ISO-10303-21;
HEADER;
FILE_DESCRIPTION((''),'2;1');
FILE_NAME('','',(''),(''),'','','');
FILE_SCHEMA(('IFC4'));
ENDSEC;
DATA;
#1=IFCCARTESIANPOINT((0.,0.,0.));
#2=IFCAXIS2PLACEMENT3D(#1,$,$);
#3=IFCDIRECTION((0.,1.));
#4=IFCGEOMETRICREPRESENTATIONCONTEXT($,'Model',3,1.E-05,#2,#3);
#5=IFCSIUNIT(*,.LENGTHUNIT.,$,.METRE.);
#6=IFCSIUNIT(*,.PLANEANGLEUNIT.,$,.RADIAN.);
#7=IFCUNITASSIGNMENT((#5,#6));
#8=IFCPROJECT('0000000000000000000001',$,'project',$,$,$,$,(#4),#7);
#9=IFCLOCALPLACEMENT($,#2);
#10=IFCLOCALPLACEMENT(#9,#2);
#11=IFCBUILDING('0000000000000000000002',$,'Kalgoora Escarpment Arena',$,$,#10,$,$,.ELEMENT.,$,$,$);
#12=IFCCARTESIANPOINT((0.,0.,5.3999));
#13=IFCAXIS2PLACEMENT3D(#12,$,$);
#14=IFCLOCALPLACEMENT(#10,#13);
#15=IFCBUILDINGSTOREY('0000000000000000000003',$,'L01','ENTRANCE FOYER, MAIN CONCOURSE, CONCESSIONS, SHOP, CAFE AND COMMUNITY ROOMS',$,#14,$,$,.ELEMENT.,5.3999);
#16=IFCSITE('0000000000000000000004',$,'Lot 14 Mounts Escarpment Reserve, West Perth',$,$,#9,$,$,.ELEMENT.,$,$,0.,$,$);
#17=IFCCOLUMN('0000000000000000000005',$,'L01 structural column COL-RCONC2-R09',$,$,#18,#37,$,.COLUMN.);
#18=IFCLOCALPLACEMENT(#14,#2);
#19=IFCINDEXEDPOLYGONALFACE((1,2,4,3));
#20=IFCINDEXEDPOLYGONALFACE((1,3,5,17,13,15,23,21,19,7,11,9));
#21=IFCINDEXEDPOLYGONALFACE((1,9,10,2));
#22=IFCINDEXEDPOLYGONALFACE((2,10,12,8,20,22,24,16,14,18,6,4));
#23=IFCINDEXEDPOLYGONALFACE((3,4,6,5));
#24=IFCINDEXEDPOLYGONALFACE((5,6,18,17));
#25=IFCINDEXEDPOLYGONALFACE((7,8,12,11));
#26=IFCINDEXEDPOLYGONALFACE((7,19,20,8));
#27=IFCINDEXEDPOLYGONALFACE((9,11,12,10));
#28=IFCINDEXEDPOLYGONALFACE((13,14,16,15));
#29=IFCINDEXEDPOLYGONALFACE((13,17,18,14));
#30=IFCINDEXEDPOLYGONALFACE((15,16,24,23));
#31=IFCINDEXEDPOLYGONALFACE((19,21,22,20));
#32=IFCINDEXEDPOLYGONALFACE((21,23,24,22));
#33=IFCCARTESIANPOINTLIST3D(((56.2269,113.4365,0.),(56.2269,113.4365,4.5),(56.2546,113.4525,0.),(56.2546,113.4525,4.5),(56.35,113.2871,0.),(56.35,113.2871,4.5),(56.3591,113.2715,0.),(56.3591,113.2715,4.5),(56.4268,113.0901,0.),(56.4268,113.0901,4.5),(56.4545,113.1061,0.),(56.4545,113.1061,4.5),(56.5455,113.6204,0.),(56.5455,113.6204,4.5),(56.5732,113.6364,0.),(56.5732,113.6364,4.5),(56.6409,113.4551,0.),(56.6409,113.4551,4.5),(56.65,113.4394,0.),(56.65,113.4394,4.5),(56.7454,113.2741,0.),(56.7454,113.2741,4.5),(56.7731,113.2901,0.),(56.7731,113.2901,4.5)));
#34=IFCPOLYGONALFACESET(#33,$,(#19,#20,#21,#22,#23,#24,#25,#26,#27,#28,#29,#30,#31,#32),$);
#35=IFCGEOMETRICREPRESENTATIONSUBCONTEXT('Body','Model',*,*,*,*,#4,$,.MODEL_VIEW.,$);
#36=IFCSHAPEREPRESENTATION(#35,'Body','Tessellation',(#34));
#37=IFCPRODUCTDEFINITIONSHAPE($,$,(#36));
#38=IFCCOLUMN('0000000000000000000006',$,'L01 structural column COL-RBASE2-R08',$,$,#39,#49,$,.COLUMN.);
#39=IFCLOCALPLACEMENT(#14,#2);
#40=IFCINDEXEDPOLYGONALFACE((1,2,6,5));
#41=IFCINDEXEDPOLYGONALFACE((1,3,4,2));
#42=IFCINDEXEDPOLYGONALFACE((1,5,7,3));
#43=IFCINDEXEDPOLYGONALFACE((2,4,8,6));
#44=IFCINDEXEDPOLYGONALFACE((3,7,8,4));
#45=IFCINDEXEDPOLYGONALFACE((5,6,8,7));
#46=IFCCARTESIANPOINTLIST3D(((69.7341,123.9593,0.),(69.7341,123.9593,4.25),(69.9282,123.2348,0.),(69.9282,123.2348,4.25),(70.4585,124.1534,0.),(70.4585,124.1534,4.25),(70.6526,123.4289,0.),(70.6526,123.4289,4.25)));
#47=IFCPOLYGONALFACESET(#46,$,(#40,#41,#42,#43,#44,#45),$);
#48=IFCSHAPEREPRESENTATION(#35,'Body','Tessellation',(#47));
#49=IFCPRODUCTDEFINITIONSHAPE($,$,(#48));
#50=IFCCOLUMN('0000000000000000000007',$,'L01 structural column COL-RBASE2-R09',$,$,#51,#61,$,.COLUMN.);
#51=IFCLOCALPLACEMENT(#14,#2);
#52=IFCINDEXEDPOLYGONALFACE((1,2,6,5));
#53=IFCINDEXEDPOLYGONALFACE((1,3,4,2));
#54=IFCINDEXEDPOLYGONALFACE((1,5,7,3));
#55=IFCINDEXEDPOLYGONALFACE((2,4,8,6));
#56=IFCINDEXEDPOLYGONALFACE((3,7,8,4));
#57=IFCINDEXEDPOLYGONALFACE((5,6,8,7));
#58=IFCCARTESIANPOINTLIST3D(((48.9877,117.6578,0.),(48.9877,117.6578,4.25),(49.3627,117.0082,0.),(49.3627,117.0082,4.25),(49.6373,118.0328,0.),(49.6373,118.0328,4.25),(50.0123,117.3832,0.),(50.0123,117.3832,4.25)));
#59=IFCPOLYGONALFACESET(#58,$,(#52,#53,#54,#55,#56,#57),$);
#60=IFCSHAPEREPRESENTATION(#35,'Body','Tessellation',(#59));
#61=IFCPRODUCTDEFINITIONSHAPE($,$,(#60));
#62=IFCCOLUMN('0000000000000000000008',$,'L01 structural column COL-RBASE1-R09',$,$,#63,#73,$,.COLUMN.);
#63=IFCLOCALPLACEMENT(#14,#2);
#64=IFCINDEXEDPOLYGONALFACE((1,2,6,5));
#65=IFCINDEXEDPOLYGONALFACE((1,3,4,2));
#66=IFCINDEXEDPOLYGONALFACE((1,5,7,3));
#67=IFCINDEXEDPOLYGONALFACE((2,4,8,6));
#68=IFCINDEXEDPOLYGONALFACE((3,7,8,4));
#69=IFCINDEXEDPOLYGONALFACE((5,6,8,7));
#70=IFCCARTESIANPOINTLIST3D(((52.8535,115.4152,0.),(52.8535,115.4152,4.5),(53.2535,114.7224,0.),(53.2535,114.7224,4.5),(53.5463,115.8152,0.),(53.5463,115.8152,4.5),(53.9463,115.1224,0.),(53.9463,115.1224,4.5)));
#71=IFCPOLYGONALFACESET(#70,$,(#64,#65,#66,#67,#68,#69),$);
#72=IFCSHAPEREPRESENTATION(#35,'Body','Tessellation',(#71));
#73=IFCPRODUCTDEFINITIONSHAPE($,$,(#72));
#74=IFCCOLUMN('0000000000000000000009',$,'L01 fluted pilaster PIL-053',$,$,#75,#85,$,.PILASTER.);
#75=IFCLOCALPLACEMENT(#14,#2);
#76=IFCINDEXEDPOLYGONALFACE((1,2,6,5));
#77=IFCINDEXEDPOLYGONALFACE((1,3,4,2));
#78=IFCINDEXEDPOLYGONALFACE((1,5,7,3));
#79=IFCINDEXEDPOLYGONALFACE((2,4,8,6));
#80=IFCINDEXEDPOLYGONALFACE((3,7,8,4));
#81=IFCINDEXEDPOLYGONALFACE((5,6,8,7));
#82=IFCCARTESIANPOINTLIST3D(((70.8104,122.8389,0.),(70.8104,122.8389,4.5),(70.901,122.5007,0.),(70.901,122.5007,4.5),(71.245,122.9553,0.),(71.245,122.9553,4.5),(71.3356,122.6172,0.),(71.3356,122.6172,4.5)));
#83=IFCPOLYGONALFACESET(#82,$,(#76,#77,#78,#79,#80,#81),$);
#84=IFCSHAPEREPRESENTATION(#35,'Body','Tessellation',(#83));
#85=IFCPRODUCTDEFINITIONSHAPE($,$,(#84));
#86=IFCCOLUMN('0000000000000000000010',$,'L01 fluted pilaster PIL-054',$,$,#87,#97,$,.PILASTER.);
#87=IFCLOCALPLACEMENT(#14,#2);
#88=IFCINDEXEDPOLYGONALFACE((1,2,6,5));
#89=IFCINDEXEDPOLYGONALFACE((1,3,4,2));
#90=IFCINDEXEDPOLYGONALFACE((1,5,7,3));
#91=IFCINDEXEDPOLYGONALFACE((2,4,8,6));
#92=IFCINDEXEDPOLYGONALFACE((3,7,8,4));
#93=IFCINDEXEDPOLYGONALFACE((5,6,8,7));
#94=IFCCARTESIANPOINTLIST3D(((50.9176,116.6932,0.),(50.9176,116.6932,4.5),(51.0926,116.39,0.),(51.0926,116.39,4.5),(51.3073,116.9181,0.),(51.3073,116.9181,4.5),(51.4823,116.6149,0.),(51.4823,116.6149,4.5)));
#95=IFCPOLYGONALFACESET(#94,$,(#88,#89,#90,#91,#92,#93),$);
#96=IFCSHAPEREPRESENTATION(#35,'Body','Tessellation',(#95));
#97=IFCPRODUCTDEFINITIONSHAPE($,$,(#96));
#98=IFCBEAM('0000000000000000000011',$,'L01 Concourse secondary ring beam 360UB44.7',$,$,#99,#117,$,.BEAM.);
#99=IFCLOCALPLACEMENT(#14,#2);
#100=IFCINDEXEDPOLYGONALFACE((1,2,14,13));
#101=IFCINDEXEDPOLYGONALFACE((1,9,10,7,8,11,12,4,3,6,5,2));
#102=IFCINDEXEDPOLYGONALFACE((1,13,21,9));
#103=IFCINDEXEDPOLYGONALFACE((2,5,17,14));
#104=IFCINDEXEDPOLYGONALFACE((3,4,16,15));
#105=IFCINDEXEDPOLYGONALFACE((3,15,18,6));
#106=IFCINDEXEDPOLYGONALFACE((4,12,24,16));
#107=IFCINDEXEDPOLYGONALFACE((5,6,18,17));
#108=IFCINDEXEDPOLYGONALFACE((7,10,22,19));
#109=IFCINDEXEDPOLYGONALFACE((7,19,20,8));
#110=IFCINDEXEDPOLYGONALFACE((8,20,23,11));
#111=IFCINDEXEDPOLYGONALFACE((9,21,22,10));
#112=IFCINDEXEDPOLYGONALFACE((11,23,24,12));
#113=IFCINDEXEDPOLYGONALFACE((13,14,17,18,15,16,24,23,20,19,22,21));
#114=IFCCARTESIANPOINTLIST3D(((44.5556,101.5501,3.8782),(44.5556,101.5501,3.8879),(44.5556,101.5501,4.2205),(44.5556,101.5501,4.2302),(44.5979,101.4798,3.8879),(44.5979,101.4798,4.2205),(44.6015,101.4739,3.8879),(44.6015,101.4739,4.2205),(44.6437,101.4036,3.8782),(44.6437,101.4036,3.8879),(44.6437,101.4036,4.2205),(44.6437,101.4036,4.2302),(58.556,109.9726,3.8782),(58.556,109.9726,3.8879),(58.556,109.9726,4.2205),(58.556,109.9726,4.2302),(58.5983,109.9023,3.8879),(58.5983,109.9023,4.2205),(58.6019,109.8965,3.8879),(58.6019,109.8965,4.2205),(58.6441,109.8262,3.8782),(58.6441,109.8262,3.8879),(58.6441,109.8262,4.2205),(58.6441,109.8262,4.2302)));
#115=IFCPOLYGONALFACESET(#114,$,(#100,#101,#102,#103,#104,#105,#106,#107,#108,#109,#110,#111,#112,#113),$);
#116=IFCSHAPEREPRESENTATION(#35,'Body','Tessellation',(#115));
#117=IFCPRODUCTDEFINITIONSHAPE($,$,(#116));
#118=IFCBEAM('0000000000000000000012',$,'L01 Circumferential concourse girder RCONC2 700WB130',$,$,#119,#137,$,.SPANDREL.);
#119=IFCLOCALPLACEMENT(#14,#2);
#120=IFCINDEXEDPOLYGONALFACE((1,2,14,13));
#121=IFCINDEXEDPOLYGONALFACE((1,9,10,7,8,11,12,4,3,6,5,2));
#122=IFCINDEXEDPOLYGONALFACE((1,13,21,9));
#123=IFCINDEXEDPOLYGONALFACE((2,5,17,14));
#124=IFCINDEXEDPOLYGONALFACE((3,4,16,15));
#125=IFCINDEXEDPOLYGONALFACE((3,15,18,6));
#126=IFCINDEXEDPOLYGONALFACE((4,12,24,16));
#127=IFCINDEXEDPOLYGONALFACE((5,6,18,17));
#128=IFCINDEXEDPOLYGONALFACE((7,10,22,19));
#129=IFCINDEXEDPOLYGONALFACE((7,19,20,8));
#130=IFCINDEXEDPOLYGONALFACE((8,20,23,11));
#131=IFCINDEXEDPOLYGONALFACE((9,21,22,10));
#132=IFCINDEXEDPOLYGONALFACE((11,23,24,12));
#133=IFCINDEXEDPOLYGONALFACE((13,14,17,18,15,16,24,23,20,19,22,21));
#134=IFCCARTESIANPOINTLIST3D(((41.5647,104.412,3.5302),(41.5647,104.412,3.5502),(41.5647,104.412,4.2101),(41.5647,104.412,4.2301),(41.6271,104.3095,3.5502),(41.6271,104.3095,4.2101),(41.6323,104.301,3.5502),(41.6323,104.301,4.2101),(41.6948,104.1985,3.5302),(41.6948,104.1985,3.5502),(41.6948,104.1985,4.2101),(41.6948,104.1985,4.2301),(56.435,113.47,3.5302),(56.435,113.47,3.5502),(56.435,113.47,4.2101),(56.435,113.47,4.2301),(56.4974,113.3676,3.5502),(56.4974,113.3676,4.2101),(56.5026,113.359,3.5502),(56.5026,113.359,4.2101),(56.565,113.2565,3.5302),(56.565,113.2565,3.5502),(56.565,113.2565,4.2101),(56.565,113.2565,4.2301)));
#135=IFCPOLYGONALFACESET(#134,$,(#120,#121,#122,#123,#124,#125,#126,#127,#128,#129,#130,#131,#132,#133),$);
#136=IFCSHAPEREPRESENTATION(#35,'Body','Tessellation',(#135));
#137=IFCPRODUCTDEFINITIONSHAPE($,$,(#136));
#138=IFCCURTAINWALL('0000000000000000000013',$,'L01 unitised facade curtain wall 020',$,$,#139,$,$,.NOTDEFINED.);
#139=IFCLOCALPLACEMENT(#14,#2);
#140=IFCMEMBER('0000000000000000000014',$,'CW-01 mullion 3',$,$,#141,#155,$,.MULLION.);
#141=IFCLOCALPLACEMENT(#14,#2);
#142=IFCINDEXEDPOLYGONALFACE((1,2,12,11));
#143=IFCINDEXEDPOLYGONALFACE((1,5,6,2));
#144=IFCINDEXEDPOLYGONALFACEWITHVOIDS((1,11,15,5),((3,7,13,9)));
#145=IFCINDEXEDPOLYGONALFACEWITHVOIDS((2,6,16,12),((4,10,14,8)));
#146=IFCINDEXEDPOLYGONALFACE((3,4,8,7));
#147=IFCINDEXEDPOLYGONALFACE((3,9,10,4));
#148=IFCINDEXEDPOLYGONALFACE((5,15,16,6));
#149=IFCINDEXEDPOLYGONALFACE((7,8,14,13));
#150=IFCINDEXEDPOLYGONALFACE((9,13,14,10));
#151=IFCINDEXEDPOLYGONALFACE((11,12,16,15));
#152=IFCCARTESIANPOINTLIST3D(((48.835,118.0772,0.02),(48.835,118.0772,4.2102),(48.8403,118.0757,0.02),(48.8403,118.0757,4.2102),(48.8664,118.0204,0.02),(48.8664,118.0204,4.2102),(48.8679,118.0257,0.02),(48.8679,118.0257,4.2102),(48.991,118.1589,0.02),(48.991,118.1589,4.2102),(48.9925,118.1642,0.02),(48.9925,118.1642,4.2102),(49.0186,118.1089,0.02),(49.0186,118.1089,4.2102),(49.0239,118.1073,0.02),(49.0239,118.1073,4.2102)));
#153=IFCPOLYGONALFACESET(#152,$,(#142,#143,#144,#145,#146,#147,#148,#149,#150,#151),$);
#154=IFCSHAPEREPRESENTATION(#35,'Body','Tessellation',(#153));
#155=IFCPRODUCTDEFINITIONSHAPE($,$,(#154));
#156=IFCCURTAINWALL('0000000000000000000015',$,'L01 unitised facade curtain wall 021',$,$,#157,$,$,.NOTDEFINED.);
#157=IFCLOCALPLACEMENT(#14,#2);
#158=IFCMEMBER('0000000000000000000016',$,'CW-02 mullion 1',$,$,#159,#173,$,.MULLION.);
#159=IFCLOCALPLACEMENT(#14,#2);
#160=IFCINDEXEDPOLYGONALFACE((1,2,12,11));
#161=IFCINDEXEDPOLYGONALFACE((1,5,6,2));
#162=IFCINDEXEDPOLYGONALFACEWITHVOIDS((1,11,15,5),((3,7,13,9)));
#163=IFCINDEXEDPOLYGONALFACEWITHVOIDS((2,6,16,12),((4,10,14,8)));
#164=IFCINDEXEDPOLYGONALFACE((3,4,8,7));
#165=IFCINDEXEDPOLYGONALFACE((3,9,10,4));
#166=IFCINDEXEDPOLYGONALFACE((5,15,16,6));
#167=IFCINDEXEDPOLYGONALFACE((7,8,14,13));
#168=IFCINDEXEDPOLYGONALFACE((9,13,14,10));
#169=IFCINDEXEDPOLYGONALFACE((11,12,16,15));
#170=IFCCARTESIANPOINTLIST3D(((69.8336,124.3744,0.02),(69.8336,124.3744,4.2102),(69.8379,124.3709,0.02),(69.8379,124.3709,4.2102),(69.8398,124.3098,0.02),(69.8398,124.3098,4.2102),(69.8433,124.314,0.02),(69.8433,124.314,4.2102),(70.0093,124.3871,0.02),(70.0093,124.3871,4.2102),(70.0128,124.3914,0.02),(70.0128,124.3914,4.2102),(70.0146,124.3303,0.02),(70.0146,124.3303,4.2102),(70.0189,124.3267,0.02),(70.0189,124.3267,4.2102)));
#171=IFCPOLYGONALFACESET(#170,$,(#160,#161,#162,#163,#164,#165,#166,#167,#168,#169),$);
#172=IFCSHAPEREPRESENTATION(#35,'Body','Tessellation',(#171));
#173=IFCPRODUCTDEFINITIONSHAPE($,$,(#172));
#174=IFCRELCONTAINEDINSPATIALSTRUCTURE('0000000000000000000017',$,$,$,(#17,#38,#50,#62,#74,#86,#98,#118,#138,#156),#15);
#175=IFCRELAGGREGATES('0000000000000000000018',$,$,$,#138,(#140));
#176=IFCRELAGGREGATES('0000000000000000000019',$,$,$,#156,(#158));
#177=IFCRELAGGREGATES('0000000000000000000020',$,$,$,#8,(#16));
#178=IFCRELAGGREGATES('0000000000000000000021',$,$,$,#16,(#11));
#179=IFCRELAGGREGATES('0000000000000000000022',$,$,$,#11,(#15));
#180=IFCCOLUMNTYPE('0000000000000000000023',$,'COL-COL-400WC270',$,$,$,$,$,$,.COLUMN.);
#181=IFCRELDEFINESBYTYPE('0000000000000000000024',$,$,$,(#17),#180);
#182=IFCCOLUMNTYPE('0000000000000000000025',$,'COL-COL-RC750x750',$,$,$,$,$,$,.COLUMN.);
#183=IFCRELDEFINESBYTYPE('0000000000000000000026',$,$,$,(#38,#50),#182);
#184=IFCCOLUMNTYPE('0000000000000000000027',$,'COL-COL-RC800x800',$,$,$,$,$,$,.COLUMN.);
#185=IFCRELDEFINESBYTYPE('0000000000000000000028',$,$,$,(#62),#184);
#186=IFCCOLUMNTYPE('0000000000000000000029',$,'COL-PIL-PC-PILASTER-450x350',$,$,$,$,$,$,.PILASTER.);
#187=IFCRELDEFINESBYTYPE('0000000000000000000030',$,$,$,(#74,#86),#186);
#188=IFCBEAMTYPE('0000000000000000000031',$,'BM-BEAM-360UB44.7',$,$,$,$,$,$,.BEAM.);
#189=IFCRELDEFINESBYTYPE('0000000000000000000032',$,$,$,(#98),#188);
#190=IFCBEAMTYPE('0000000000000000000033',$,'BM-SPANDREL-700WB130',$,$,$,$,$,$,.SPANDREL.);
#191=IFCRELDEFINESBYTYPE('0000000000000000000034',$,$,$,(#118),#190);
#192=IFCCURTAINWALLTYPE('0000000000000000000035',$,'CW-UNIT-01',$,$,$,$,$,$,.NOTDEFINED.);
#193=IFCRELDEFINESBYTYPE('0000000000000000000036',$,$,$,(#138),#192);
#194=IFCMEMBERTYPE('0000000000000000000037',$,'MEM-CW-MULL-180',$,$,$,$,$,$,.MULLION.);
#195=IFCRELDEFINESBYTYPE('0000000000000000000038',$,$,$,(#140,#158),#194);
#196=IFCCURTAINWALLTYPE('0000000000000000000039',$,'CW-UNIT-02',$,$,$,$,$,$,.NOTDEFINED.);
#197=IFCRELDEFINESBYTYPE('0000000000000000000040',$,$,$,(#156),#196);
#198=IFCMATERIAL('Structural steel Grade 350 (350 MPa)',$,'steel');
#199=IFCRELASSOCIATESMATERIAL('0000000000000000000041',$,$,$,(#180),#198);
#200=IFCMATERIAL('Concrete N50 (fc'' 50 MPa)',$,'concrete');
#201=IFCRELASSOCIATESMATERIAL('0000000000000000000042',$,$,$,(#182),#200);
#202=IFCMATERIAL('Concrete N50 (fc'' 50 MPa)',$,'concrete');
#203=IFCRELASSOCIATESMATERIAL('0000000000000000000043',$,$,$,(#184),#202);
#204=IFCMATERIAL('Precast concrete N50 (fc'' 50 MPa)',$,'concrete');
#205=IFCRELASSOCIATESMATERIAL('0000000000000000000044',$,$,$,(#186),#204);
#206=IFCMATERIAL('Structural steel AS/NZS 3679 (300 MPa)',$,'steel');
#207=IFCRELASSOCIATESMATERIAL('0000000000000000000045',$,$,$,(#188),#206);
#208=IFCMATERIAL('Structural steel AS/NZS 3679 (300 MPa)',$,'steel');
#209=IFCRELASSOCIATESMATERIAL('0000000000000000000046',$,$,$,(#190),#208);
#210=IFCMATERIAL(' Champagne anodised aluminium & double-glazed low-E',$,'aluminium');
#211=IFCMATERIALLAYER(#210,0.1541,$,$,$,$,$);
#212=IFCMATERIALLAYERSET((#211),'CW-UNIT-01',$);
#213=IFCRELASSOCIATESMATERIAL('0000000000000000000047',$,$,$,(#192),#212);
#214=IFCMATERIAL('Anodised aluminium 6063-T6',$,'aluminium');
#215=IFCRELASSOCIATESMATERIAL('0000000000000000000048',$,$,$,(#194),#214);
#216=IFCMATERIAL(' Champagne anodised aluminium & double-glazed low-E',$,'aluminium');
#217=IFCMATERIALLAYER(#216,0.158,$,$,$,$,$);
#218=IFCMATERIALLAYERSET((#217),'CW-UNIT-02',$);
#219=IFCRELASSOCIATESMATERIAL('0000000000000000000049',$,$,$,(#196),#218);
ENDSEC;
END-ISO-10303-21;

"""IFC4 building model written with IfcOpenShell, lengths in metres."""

from ifc_helpers import new_model, si_unit, direction, frame, origin, origin_2d, place, context, subcontext, project, spatial, rectangle, hollow_rectangle, i_section, extrude, material, layer, layer_set, material_profile, profile_set, type_object, element, aggregate, save


model = new_model("IFC4")

# Units and contexts
model_context = context("Model", 3, precision=1e-05, world=origin(), true_north=direction((0.0, 1.0)))
body_context = subcontext(model_context, "Body", "Model", "MODEL_VIEW")
ifc_project = project(units=[si_unit("LENGTHUNIT", "METRE"), si_unit("PLANEANGLEUNIT", "RADIAN")], contexts=[model_context])

# Site, building, storey
site_placement = place(None, origin())
site = spatial("IfcSite", under=ifc_project, at=site_placement, Name="Lot 14 Mounts Escarpment Reserve, West Perth", CompositionType="ELEMENT", RefElevation=0.0)
building_placement = place(site_placement, origin())
building = spatial("IfcBuilding", under=site, at=building_placement, Name="Kalgoora Escarpment Arena", CompositionType="ELEMENT")
storey_placement = place(building_placement, frame((0.0, 0.0, 5.3999)))
storey = spatial("IfcBuildingStorey", under=building, at=storey_placement, Name="L01", Description="ENTRANCE FOYER, MAIN CONCOURSE, CONCESSIONS, SHOP, CAFE AND COMMUNITY ROOMS", CompositionType="ELEMENT", Elevation=5.3999)

# Columns
ifc_material_1 = material(Name="Structural steel Grade 350 (350 MPa)", Category="steel")
ifc_material_profile_1 = material_profile(ifc_material_1, i_section(OverallWidth=0.3999, OverallDepth=0.3999, WebThickness=0.0181, FlangeThickness=0.032, at=origin_2d()))
ifc_profile_set_1 = profile_set([ifc_material_profile_1], Name="Structural steel Grade 350 (350 MPa)")
column_type_1 = type_object("IfcColumnType", Name="COL-COL-400WC270", PredefinedType="COLUMN", material=ifc_profile_set_1)
column_1_placement = place(storey_placement, frame((56.5, 113.3633, 0.0), z_axis=(0.0, 0.0, 1.0), x_axis=(-0.5, 0.866025, 0.0)))
element("IfcColumn", 1, at=column_1_placement, inside=storey, type_object=column_type_1, Name="L01 structural column COL-RCONC2-R09", PredefinedType="COLUMN", context=body_context, shape_type="SweptSolid", body=[
    extrude(i_section(OverallWidth=0.3999, OverallDepth=0.3999, WebThickness=0.0181, FlangeThickness=0.032, at=origin_2d()), origin(), (0.0, 0.0, 1.0), 4.5),
])
ifc_material_2 = material(Name="Concrete N50 (fc' 50 MPa)", Category="concrete")
ifc_material_profile_2 = material_profile(ifc_material_2, rectangle(XDim=0.75, YDim=0.75, at=origin_2d()))
ifc_profile_set_2 = profile_set([ifc_material_profile_2], Name="Concrete N50 (fc' 50 MPa)")
column_type_2 = type_object("IfcColumnType", Name="COL-COL-RC750x750", PredefinedType="COLUMN", material=ifc_profile_set_2)
for number, where, z_axis, x_axis, name in (
    (2, (70.1934, 123.6941, 0.0), (0.0, 0.0, 1.0), (-0.258819, 0.965926, 0.0), "L01 structural column COL-RBASE2-R08"),
    (3, (49.5, 117.5205, 0.0), (0.0, 0.0, 1.0), (-0.5, 0.866025, 0.0), "L01 structural column COL-RBASE2-R09"),
):
    element("IfcColumn", number, at=place(storey_placement, frame(where, z_axis=z_axis, x_axis=x_axis)), inside=storey, type_object=column_type_2, Name=name, PredefinedType="COLUMN", context=body_context, shape_type="SweptSolid", body=[
        extrude(rectangle(XDim=0.75, YDim=0.75, at=origin_2d()), origin(), (0.0, 0.0, 1.0), 4.25),
    ])
ifc_material_3 = material(Name="Concrete N50 (fc' 50 MPa)", Category="concrete")
ifc_material_profile_3 = material_profile(ifc_material_3, rectangle(XDim=0.8, YDim=0.8, at=origin_2d()))
ifc_profile_set_3 = profile_set([ifc_material_profile_3], Name="Concrete N50 (fc' 50 MPa)")
column_type_3 = type_object("IfcColumnType", Name="COL-COL-RC800x800", PredefinedType="COLUMN", material=ifc_profile_set_3)
column_2_placement = place(storey_placement, frame((53.3999, 115.2688, 0.0), z_axis=(0.0, 0.0, 1.0), x_axis=(-0.5, 0.866025, 0.0)))
element("IfcColumn", 4, at=column_2_placement, inside=storey, type_object=column_type_3, Name="L01 structural column COL-RBASE1-R09", PredefinedType="COLUMN", context=body_context, shape_type="SweptSolid", body=[
    extrude(rectangle(XDim=0.8, YDim=0.8, at=origin_2d()), origin(), (0.0, 0.0, 1.0), 4.5),
])
ifc_material_4 = material(Name="Precast concrete N50 (fc' 50 MPa)", Category="concrete")
ifc_material_profile_4 = material_profile(ifc_material_4, rectangle(XDim=0.3501, YDim=0.45, at=origin_2d()))
ifc_profile_set_4 = profile_set([ifc_material_profile_4], Name="Precast concrete N50 (fc' 50 MPa)")
column_type_4 = type_object("IfcColumnType", Name="COL-PIL-PC-PILASTER-450x350", PredefinedType="PILASTER", material=ifc_profile_set_4)
for number, where, z_axis, x_axis, name in (
    (5, (71.073, 122.728, 0.0), (0.0, 0.0, 1.0), (-0.258819, 0.965926, 0.0), "L01 fluted pilaster PIL-053"),
    (6, (51.2, 116.6541, 0.0), (0.0, 0.0, 1.0), (-0.5, 0.866025, 0.0), "L01 fluted pilaster PIL-054"),
):
    element("IfcColumn", number, at=place(storey_placement, frame(where, z_axis=z_axis, x_axis=x_axis)), inside=storey, type_object=column_type_4, Name=name, PredefinedType="PILASTER", context=body_context, shape_type="SweptSolid", body=[
        extrude(rectangle(XDim=0.3501, YDim=0.45, at=origin_2d()), origin(), (0.0, 0.0, 1.0), 4.5),
    ])

# Beams
ifc_material_5 = material(Name="Structural steel AS/NZS 3679 (300 MPa)", Category="steel")
ifc_material_profile_5 = material_profile(ifc_material_5, i_section(OverallWidth=0.1709, OverallDepth=0.3521, WebThickness=0.0068, FlangeThickness=0.0098, at=origin_2d()))
ifc_profile_set_5 = profile_set([ifc_material_profile_5], Name="Structural steel AS/NZS 3679 (300 MPa)")
beam_type_1 = type_object("IfcBeamType", Name="BM-BEAM-360UB44.7", PredefinedType="BEAM", material=ifc_profile_set_5)
beam_1_placement = place(storey_placement, frame((58.6001, 109.8994, 4.0542), z_axis=(-0.85689, -0.5155, 0.0), x_axis=(0.5155, -0.85689, 0.0)))
element("IfcBeam", 7, at=beam_1_placement, inside=storey, type_object=beam_type_1, Name="L01 Concourse secondary ring beam 360UB44.7", PredefinedType="BEAM", context=body_context, shape_type="SweptSolid", body=[
    extrude(i_section(OverallWidth=0.1709, OverallDepth=0.3521, WebThickness=0.0068, FlangeThickness=0.0098, at=origin_2d()), origin(), (0.0, 0.0, 1.0), 16.3386),
])
ifc_material_6 = material(Name="Structural steel AS/NZS 3679 (300 MPa)", Category="steel")
ifc_material_profile_6 = material_profile(ifc_material_6, i_section(OverallWidth=0.25, OverallDepth=0.7, WebThickness=0.01, FlangeThickness=0.02, at=origin_2d()))
ifc_profile_set_6 = profile_set([ifc_material_profile_6], Name="Structural steel AS/NZS 3679 (300 MPa)")
beam_type_2 = type_object("IfcBeamType", Name="BM-SPANDREL-700WB130", PredefinedType="SPANDREL", material=ifc_profile_set_6)
beam_2_placement = place(storey_placement, frame((56.5, 113.3633, 3.8801), z_axis=(-0.854031, -0.520223, 0.0), x_axis=(0.520223, -0.854031, 0.0)))
element("IfcBeam", 8, at=beam_2_placement, inside=storey, type_object=beam_type_2, Name="L01 Circumferential concourse girder RCONC2 700WB130", PredefinedType="SPANDREL", context=body_context, shape_type="SweptSolid", body=[
    extrude(i_section(OverallWidth=0.25, OverallDepth=0.7, WebThickness=0.01, FlangeThickness=0.02, at=origin_2d()), origin(), (0.0, 0.0, 1.0), 17.4119),
])

# Curtain wall, member
ifc_material_7 = material(Name=" Champagne anodised aluminium & double-glazed low-E", Category="aluminium")
ifc_layer_1 = layer(ifc_material_7, 0.1541)
ifc_layer_set_1 = layer_set([ifc_layer_1], Name="CW-UNIT-01")
curtain_wall_type_1 = type_object("IfcCurtainWallType", Name="CW-UNIT-01", PredefinedType="NOTDEFINED", material=ifc_layer_set_1)
curtain_wall_1_placement = place(storey_placement, origin())
curtain_wall_1 = element("IfcCurtainWall", 9, at=curtain_wall_1_placement, inside=storey, type_object=curtain_wall_type_1, Name="L01 unitised facade curtain wall 020", PredefinedType="NOTDEFINED")
ifc_material_8 = material(Name="Anodised aluminium 6063-T6", Category="aluminium")
ifc_material_profile_7 = material_profile(ifc_material_8, hollow_rectangle(XDim=0.0649, YDim=0.1799, WallThickness=0.0039, at=origin_2d()))
ifc_profile_set_7 = profile_set([ifc_material_profile_7], Name="Anodised aluminium 6063-T6")
member_type_1 = type_object("IfcMemberType", Name="MEM-CW-MULL-180", PredefinedType="MULLION", material=ifc_profile_set_7)
member_1_placement = place(storey_placement, frame((48.9294, 118.0923, 0.02), z_axis=(0.0, 0.0, 1.0), x_axis=(-0.483343, 0.875431, 0.0)))
member_1 = element("IfcMember", 10, at=member_1_placement, type_object=member_type_1, Name="CW-01 mullion 3", PredefinedType="MULLION", context=body_context, shape_type="SweptSolid", body=[
    extrude(hollow_rectangle(XDim=0.0649, YDim=0.1799, WallThickness=0.0039, at=origin_2d()), origin(), (0.0, 0.0, 1.0), 4.1902),
])

# Curtain wall, member
ifc_material_9 = material(Name=" Champagne anodised aluminium & double-glazed low-E", Category="aluminium")
ifc_layer_2 = layer(ifc_material_9, 0.158)
ifc_layer_set_2 = layer_set([ifc_layer_2], Name="CW-UNIT-02")
curtain_wall_type_2 = type_object("IfcCurtainWallType", Name="CW-UNIT-02", PredefinedType="NOTDEFINED", material=ifc_layer_set_2)
curtain_wall_2_placement = place(storey_placement, origin())
curtain_wall_2 = element("IfcCurtainWall", 11, at=curtain_wall_2_placement, inside=storey, type_object=curtain_wall_type_2, Name="L01 unitised facade curtain wall 021", PredefinedType="NOTDEFINED")
member_2_placement = place(storey_placement, frame((69.9263, 124.3506, 0.02), z_axis=(0.0, 0.0, 1.0), x_axis=(-0.094316, 0.995542, 0.0)))
member_2 = element("IfcMember", 12, at=member_2_placement, type_object=member_type_1, Name="CW-02 mullion 1", PredefinedType="MULLION", context=body_context, shape_type="SweptSolid", body=[
    extrude(hollow_rectangle(XDim=0.0649, YDim=0.1799, WallThickness=0.0039, at=origin_2d()), origin(), (0.0, 0.0, 1.0), 4.1902),
])

aggregate(curtain_wall_1, [member_1])
aggregate(curtain_wall_2, [member_2])

save(model, "model.ifc")
